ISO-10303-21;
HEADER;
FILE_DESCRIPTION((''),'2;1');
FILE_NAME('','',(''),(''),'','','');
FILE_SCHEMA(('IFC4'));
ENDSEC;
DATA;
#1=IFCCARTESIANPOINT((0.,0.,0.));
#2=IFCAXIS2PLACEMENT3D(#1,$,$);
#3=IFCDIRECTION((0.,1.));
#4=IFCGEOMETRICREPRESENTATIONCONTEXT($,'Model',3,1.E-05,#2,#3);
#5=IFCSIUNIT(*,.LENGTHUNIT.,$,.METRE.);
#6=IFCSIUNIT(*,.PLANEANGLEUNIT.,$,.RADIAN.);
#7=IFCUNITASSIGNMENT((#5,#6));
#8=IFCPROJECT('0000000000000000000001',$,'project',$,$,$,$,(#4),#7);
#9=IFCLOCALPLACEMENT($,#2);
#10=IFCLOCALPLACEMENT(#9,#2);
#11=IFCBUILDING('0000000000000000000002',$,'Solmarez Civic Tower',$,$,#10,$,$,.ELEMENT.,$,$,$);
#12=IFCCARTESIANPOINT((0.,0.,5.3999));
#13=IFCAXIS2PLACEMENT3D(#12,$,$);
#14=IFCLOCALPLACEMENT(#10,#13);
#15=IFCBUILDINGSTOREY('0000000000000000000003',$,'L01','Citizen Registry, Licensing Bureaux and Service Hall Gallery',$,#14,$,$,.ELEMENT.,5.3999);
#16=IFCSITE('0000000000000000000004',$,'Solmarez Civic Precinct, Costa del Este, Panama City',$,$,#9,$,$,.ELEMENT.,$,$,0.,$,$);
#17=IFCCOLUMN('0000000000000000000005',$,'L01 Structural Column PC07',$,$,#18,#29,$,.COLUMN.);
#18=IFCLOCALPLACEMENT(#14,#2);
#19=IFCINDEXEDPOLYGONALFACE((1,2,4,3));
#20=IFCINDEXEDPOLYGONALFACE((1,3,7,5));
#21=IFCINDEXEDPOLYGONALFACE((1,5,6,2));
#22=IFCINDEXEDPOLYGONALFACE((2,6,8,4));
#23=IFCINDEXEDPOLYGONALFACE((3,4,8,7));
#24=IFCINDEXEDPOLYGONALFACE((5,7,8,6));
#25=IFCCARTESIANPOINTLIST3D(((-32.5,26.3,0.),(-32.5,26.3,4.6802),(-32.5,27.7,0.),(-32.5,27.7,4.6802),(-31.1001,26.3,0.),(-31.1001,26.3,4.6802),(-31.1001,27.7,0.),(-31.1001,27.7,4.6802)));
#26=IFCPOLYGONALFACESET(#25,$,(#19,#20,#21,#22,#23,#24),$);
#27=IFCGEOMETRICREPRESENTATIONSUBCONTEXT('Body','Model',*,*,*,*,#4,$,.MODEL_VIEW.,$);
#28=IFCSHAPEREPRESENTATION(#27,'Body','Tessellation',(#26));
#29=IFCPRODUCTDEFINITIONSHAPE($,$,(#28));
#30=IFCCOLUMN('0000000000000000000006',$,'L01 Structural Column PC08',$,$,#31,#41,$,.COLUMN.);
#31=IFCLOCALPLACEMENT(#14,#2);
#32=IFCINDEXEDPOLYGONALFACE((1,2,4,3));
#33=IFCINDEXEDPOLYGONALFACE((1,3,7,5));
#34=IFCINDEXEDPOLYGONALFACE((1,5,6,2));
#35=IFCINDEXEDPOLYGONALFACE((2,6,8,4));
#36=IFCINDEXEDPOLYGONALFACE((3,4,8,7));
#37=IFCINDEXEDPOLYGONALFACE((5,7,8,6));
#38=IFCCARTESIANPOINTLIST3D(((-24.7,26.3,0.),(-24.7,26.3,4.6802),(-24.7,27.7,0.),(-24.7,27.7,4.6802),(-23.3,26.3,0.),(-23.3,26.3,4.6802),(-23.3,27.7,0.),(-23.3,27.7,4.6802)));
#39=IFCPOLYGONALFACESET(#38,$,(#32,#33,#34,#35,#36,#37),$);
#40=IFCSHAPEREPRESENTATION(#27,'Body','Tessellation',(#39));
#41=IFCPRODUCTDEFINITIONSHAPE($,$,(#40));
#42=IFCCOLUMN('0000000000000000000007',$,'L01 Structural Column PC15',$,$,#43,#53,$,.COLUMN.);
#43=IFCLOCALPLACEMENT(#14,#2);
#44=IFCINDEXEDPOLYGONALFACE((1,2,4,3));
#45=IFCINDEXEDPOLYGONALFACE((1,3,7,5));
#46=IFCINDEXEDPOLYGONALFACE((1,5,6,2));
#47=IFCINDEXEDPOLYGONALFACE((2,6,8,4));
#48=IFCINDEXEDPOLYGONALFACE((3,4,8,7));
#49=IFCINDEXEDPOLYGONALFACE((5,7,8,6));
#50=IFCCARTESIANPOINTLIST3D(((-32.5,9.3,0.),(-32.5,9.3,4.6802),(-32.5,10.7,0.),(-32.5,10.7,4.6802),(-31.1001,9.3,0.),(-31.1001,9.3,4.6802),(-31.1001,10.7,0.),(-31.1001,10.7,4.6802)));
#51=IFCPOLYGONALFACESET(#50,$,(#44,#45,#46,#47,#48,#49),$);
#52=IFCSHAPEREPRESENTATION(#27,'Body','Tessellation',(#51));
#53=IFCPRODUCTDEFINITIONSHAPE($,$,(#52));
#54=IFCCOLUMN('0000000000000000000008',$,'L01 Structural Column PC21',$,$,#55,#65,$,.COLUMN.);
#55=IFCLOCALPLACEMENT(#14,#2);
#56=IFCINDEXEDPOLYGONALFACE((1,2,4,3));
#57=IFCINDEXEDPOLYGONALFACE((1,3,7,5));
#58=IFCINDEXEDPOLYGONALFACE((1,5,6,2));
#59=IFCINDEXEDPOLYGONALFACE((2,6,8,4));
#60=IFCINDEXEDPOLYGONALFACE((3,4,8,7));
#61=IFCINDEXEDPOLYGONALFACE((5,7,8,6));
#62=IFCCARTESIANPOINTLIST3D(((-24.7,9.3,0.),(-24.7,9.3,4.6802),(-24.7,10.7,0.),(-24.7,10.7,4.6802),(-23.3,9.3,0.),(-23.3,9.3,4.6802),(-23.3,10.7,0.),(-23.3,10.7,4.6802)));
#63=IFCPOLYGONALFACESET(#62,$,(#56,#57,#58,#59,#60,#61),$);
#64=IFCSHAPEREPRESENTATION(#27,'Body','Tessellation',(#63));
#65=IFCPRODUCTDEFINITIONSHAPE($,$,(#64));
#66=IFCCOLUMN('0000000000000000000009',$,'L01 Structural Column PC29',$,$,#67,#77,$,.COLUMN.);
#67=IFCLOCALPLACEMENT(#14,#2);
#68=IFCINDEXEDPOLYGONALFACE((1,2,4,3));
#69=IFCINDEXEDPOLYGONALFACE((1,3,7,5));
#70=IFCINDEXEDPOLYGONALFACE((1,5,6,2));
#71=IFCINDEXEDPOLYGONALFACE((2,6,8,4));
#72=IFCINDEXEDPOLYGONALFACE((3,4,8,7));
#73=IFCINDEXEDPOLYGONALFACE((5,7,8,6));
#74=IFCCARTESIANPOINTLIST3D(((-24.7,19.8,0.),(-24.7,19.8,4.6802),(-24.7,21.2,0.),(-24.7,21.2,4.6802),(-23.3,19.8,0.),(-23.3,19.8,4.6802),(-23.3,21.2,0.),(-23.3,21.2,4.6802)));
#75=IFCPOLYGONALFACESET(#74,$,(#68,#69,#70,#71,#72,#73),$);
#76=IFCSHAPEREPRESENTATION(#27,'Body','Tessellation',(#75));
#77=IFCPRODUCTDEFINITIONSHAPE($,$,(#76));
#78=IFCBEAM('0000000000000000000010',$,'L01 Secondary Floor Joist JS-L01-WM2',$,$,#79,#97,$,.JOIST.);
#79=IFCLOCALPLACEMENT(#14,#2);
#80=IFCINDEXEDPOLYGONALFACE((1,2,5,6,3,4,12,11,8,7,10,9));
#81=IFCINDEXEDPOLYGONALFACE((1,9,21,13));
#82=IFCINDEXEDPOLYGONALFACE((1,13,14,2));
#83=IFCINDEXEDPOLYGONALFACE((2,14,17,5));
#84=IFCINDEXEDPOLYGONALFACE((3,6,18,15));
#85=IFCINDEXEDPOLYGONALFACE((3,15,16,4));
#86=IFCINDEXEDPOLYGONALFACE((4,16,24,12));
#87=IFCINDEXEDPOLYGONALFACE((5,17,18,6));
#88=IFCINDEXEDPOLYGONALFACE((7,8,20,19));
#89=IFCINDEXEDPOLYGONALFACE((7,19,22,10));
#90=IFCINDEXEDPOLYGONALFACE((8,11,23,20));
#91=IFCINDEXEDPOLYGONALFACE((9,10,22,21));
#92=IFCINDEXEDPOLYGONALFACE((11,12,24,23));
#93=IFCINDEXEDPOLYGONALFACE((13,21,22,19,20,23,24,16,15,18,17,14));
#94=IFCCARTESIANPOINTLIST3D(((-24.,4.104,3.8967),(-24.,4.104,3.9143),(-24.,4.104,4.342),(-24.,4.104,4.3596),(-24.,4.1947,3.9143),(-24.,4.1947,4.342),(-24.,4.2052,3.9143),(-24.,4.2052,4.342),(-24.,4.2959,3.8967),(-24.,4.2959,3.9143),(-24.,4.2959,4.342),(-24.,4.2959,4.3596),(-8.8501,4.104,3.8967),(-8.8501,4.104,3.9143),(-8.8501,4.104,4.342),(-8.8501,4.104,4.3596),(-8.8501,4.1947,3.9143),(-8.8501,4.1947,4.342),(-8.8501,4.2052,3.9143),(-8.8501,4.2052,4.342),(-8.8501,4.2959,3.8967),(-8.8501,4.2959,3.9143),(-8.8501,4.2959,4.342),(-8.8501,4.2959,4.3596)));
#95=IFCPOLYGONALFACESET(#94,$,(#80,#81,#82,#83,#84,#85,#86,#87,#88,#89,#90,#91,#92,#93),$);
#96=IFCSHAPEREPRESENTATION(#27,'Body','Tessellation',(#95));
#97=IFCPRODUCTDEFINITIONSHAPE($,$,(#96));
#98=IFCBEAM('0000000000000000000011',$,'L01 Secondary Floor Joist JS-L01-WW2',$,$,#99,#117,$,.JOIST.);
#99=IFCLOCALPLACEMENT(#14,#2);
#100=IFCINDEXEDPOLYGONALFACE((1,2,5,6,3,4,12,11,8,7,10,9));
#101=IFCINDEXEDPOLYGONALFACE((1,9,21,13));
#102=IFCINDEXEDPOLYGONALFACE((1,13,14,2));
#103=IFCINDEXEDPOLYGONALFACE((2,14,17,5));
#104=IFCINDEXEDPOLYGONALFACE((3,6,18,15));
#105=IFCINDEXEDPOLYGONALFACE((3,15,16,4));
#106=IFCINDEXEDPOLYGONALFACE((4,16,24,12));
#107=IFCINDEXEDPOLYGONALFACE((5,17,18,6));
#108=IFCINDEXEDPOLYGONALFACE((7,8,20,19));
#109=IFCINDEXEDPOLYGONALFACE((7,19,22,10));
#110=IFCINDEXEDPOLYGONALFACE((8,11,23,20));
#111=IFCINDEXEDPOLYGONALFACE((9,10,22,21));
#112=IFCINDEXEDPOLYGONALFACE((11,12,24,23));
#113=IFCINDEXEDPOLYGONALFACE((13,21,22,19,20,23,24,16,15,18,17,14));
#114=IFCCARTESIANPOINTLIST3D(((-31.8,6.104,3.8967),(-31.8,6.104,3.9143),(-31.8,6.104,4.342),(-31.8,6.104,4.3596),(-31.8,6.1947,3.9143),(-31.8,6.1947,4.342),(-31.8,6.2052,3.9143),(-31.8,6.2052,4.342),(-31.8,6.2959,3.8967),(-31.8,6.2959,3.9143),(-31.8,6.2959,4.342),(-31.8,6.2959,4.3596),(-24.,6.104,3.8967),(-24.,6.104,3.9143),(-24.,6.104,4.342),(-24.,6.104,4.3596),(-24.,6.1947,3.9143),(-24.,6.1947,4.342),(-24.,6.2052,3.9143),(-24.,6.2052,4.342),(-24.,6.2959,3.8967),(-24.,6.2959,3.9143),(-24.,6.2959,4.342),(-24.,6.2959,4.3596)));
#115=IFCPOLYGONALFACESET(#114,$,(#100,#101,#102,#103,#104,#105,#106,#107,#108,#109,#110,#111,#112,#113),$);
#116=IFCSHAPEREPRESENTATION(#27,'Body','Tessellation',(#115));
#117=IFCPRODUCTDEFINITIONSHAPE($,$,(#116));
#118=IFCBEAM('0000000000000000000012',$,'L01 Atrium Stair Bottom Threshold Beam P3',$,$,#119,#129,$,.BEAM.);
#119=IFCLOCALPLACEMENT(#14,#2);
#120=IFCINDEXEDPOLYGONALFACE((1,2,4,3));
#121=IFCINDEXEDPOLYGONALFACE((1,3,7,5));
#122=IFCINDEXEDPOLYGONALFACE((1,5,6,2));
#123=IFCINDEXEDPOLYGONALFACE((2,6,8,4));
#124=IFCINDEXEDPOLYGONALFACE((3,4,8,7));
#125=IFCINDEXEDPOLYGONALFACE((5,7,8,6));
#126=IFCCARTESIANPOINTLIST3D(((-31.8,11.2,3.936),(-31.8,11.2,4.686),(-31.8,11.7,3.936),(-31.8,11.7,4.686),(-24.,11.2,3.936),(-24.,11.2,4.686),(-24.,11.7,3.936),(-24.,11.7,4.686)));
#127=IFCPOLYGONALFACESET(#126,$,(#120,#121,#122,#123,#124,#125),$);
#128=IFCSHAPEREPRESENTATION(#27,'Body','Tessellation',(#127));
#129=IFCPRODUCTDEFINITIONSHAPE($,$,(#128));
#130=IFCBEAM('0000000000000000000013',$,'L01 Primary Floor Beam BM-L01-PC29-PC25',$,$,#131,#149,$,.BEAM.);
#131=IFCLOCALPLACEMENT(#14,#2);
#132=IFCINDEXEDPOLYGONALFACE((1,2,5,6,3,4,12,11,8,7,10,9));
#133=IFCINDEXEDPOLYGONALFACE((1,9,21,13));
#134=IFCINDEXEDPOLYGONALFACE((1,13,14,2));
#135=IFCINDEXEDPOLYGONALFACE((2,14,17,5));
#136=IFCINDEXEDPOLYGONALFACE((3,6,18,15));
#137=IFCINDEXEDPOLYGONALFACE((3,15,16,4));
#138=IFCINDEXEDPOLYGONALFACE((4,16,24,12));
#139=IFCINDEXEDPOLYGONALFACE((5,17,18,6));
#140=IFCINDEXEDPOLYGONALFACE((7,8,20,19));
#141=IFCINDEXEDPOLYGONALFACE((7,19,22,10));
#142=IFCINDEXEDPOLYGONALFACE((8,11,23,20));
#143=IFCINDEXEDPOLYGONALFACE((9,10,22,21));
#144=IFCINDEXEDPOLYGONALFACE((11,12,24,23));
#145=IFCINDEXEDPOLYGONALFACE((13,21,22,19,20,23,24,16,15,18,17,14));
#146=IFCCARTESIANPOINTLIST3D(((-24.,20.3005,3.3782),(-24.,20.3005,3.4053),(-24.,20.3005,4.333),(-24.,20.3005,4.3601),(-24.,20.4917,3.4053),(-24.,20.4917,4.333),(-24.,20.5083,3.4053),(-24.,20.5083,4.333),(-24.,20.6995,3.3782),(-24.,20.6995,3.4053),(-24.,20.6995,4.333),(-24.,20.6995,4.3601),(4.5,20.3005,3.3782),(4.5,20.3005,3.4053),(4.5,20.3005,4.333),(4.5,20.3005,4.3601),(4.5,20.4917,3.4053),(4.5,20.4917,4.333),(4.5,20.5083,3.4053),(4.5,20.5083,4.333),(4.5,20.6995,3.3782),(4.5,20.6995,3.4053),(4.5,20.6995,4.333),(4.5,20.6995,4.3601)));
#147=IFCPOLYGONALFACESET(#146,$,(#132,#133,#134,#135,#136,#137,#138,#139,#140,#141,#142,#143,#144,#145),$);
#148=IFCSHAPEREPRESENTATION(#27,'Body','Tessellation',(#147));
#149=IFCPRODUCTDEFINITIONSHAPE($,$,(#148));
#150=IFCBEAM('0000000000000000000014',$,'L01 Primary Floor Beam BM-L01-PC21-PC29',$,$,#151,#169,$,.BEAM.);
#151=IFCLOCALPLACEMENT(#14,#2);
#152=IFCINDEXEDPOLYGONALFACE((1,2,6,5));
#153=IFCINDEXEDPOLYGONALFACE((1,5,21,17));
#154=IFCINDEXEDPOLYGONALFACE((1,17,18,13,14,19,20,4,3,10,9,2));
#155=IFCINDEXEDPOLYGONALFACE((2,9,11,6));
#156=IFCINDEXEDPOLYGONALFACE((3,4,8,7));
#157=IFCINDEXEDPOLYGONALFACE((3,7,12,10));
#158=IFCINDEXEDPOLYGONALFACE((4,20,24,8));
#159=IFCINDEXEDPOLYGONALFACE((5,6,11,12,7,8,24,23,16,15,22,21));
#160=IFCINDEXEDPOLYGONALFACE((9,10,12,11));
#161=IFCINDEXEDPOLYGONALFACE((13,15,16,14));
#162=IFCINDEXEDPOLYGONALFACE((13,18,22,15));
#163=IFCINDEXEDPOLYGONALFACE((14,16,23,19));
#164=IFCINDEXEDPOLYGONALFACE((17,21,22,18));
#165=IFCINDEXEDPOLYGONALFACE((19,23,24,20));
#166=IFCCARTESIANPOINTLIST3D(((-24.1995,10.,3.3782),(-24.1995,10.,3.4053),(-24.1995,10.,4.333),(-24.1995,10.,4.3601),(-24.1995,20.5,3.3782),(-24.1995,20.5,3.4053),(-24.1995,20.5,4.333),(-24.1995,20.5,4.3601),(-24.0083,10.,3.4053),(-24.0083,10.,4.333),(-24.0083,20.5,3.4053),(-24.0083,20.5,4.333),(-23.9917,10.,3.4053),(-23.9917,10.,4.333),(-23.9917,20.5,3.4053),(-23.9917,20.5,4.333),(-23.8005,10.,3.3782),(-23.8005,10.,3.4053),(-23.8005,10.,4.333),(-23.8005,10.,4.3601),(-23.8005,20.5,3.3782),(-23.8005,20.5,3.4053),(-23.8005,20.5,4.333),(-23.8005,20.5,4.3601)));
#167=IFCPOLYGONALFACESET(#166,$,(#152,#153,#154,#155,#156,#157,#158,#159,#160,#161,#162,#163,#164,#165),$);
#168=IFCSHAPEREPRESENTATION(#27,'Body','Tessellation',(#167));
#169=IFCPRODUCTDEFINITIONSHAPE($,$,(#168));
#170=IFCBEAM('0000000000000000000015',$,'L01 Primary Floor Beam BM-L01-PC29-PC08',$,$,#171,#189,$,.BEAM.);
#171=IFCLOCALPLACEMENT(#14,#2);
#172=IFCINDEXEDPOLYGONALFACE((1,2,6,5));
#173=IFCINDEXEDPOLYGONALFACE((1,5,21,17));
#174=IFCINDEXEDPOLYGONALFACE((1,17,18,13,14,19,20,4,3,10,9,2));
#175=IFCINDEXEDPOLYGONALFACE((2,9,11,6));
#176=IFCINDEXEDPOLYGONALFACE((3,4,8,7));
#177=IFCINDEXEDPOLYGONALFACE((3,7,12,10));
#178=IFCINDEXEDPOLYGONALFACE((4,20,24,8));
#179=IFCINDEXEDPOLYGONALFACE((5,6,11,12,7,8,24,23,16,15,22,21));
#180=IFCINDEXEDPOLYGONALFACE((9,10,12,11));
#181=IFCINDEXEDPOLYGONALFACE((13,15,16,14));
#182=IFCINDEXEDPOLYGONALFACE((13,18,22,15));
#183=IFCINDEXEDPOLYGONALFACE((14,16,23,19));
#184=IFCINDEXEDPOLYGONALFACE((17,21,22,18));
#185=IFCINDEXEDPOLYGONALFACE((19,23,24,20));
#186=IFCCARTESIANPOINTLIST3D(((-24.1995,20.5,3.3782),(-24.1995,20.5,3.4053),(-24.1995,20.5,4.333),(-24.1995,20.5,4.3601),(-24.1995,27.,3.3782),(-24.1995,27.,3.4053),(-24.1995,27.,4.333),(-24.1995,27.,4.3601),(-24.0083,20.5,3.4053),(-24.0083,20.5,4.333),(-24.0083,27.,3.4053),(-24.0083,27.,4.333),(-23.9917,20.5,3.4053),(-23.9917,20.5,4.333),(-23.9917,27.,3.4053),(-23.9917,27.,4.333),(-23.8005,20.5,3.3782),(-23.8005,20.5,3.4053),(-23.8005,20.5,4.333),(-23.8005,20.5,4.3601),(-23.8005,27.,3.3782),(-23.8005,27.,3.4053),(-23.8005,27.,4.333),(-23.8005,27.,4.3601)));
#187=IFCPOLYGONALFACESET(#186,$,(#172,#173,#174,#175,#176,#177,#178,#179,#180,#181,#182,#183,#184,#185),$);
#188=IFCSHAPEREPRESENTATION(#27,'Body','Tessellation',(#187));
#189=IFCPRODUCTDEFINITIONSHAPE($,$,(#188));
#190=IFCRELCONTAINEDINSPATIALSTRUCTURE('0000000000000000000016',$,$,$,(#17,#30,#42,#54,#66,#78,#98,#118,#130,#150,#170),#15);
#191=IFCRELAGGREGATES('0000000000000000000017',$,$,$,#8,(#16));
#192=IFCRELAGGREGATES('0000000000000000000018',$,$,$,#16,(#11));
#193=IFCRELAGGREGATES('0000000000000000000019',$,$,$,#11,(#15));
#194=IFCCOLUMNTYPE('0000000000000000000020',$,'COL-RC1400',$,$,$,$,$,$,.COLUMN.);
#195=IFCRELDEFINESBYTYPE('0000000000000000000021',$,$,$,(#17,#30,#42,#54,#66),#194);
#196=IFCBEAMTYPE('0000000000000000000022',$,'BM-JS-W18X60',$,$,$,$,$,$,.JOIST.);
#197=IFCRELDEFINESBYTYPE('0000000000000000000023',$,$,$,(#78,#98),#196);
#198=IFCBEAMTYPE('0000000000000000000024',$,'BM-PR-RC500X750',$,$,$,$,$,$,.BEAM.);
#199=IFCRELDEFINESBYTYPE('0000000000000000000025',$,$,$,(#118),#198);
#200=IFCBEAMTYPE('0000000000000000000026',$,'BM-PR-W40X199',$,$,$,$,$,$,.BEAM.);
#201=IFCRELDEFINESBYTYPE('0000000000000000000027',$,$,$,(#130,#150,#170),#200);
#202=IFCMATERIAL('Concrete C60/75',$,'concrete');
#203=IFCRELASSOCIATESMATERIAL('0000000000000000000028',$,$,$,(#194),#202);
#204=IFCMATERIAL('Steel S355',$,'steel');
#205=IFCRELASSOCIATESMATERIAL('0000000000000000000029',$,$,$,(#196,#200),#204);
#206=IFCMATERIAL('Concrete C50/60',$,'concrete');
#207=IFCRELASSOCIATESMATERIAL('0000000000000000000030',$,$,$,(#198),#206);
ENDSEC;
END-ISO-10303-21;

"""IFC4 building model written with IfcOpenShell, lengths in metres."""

from ifc_helpers import new_model, si_unit, direction, frame, origin, origin_2d, place, context, subcontext, project, spatial, rectangle, i_section, extrude, material, material_profile, profile_set, type_object, element, save


model = new_model("IFC4")

# Units and contexts
model_context = context("Model", 3, precision=1e-05, world=origin(), true_north=direction((0.0, 1.0)))
body_context = subcontext(model_context, "Body", "Model", "MODEL_VIEW")
ifc_project = project(units=[si_unit("LENGTHUNIT", "METRE"), si_unit("PLANEANGLEUNIT", "RADIAN")], contexts=[model_context])

# Site, building, storey
site_placement = place(None, origin())
site = spatial("IfcSite", under=ifc_project, at=site_placement, Name="Solmarez Civic Precinct, Costa del Este, Panama City", CompositionType="ELEMENT", RefElevation=0.0)
building_placement = place(site_placement, origin())
building = spatial("IfcBuilding", under=site, at=building_placement, Name="Solmarez Civic Tower", CompositionType="ELEMENT")
storey_placement = place(building_placement, frame((0.0, 0.0, 5.3999)))
storey = spatial("IfcBuildingStorey", under=building, at=storey_placement, Name="L01", Description="Citizen Registry, Licensing Bureaux and Service Hall Gallery", CompositionType="ELEMENT", Elevation=5.3999)

# Columns
ifc_material_1 = material(Name="Concrete C60/75", Category="concrete")
ifc_material_profile_1 = material_profile(ifc_material_1, rectangle(XDim=1.3999, YDim=1.3999, at=origin_2d()), Name="RC1400X1400")
ifc_profile_set_1 = profile_set([ifc_material_profile_1], Name="Concrete C60/75")
column_type = type_object("IfcColumnType", Name="COL-RC1400", PredefinedType="COLUMN", material=ifc_profile_set_1)
for number, where, z_axis, x_axis, name in (
    (1, (-31.8, 27.0, 0.0), (0.0, 0.0, 1.0), (1.0, 0.0, 0.0), "L01 Structural Column PC07"),
    (2, (-24.0, 27.0, 0.0), (0.0, 0.0, 1.0), (1.0, 0.0, 0.0), "L01 Structural Column PC08"),
    (3, (-31.8, 10.0, 0.0), (0.0, 0.0, 1.0), (1.0, 0.0, 0.0), "L01 Structural Column PC15"),
    (4, (-24.0, 10.0, 0.0), (0.0, 0.0, 1.0), (1.0, 0.0, 0.0), "L01 Structural Column PC21"),
    (5, (-24.0, 20.5, 0.0), (0.0, 0.0, 1.0), (1.0, 0.0, 0.0), "L01 Structural Column PC29"),
):
    element("IfcColumn", number, at=place(storey_placement, frame(where, z_axis=z_axis, x_axis=x_axis)), inside=storey, type_object=column_type, Name=name, PredefinedType="COLUMN", context=body_context, shape_type="SweptSolid", body=[
        extrude(rectangle(XDim=1.3999, YDim=1.3999, at=origin_2d()), origin(), (0.0, 0.0, 1.0), 4.6802),
    ])

# Beams
ifc_material_2 = material(Name="Steel S355", Category="steel")
ifc_material_profile_2 = material_profile(ifc_material_2, i_section(OverallWidth=0.1919, OverallDepth=0.4629, WebThickness=0.0105, FlangeThickness=0.0176, at=origin_2d()), Name="W18X60")
ifc_profile_set_2 = profile_set([ifc_material_profile_2], Name="Steel S355")
beam_type_1 = type_object("IfcBeamType", Name="BM-JS-W18X60", PredefinedType="JOIST", material=ifc_profile_set_2)
beam_1_placement = place(storey_placement, frame((-24.0, 4.2, 4.1282), z_axis=(1.0, 0.0, 0.0), x_axis=(0.0, 1.0, 0.0)))
element("IfcBeam", 6, at=beam_1_placement, inside=storey, type_object=beam_type_1, Name="L01 Secondary Floor Joist JS-L01-WM2", PredefinedType="JOIST", context=body_context, shape_type="SweptSolid", body=[
    extrude(i_section(OverallWidth=0.1919, OverallDepth=0.4629, WebThickness=0.0105, FlangeThickness=0.0176, at=origin_2d()), origin(), (0.0, 0.0, 1.0), 15.1499),
])
beam_2_placement = place(storey_placement, frame((-31.8, 6.2, 4.1282), z_axis=(1.0, 0.0, 0.0), x_axis=(0.0, 1.0, 0.0)))
element("IfcBeam", 7, at=beam_2_placement, inside=storey, type_object=beam_type_1, Name="L01 Secondary Floor Joist JS-L01-WW2", PredefinedType="JOIST", context=body_context, shape_type="SweptSolid", body=[
    extrude(i_section(OverallWidth=0.1919, OverallDepth=0.4629, WebThickness=0.0105, FlangeThickness=0.0176, at=origin_2d()), origin(), (0.0, 0.0, 1.0), 7.8),
])
ifc_material_3 = material(Name="Concrete C50/60", Category="concrete")
ifc_material_profile_3 = material_profile(ifc_material_3, rectangle(XDim=0.5, YDim=0.75, at=origin_2d()), Name="RC500X750")
ifc_profile_set_3 = profile_set([ifc_material_profile_3], Name="Concrete C50/60")
beam_type_2 = type_object("IfcBeamType", Name="BM-PR-RC500X750", PredefinedType="BEAM", material=ifc_profile_set_3)
beam_3_placement = place(storey_placement, frame((-31.8, 11.45, 4.311), z_axis=(1.0, 0.0, 0.0), x_axis=(0.0, 1.0, 0.0)))
element("IfcBeam", 8, at=beam_3_placement, inside=storey, type_object=beam_type_2, Name="L01 Atrium Stair Bottom Threshold Beam P3", PredefinedType="BEAM", context=body_context, shape_type="SweptSolid", body=[
    extrude(rectangle(XDim=0.5, YDim=0.75, at=origin_2d()), origin(), (0.0, 0.0, 1.0), 7.8),
])
ifc_material_profile_4 = material_profile(ifc_material_2, i_section(OverallWidth=0.3989, OverallDepth=0.9819, WebThickness=0.0166, FlangeThickness=0.0271, at=origin_2d()), Name="W40X199")
ifc_profile_set_4 = profile_set([ifc_material_profile_4], Name="Steel S355")
beam_type_3 = type_object("IfcBeamType", Name="BM-PR-W40X199", PredefinedType="BEAM", material=ifc_profile_set_4)
beam_4_placement = place(storey_placement, frame((-24.0, 20.5, 3.8691), z_axis=(1.0, 0.0, 0.0), x_axis=(0.0, 1.0, 0.0)))
element("IfcBeam", 9, at=beam_4_placement, inside=storey, type_object=beam_type_3, Name="L01 Primary Floor Beam BM-L01-PC29-PC25", PredefinedType="BEAM", context=body_context, shape_type="SweptSolid", body=[
    extrude(i_section(OverallWidth=0.3989, OverallDepth=0.9819, WebThickness=0.0166, FlangeThickness=0.0271, at=origin_2d()), origin(), (0.0, 0.0, 1.0), 28.5),
])
beam_5_placement = place(storey_placement, frame((-24.0, 10.0, 3.8691), z_axis=(0.0, 1.0, 0.0), x_axis=(-1.0, 0.0, 0.0)))
element("IfcBeam", 10, at=beam_5_placement, inside=storey, type_object=beam_type_3, Name="L01 Primary Floor Beam BM-L01-PC21-PC29", PredefinedType="BEAM", context=body_context, shape_type="SweptSolid", body=[
    extrude(i_section(OverallWidth=0.3989, OverallDepth=0.9819, WebThickness=0.0166, FlangeThickness=0.0271, at=origin_2d()), origin(), (0.0, 0.0, 1.0), 10.5),
])
beam_6_placement = place(storey_placement, frame((-24.0, 20.5, 3.8691), z_axis=(0.0, 1.0, 0.0), x_axis=(-1.0, 0.0, 0.0)))
element("IfcBeam", 11, at=beam_6_placement, inside=storey, type_object=beam_type_3, Name="L01 Primary Floor Beam BM-L01-PC29-PC08", PredefinedType="BEAM", context=body_context, shape_type="SweptSolid", body=[
    extrude(i_section(OverallWidth=0.3989, OverallDepth=0.9819, WebThickness=0.0166, FlangeThickness=0.0271, at=origin_2d()), origin(), (0.0, 0.0, 1.0), 6.5),
])

save(model, "model.ifc")
